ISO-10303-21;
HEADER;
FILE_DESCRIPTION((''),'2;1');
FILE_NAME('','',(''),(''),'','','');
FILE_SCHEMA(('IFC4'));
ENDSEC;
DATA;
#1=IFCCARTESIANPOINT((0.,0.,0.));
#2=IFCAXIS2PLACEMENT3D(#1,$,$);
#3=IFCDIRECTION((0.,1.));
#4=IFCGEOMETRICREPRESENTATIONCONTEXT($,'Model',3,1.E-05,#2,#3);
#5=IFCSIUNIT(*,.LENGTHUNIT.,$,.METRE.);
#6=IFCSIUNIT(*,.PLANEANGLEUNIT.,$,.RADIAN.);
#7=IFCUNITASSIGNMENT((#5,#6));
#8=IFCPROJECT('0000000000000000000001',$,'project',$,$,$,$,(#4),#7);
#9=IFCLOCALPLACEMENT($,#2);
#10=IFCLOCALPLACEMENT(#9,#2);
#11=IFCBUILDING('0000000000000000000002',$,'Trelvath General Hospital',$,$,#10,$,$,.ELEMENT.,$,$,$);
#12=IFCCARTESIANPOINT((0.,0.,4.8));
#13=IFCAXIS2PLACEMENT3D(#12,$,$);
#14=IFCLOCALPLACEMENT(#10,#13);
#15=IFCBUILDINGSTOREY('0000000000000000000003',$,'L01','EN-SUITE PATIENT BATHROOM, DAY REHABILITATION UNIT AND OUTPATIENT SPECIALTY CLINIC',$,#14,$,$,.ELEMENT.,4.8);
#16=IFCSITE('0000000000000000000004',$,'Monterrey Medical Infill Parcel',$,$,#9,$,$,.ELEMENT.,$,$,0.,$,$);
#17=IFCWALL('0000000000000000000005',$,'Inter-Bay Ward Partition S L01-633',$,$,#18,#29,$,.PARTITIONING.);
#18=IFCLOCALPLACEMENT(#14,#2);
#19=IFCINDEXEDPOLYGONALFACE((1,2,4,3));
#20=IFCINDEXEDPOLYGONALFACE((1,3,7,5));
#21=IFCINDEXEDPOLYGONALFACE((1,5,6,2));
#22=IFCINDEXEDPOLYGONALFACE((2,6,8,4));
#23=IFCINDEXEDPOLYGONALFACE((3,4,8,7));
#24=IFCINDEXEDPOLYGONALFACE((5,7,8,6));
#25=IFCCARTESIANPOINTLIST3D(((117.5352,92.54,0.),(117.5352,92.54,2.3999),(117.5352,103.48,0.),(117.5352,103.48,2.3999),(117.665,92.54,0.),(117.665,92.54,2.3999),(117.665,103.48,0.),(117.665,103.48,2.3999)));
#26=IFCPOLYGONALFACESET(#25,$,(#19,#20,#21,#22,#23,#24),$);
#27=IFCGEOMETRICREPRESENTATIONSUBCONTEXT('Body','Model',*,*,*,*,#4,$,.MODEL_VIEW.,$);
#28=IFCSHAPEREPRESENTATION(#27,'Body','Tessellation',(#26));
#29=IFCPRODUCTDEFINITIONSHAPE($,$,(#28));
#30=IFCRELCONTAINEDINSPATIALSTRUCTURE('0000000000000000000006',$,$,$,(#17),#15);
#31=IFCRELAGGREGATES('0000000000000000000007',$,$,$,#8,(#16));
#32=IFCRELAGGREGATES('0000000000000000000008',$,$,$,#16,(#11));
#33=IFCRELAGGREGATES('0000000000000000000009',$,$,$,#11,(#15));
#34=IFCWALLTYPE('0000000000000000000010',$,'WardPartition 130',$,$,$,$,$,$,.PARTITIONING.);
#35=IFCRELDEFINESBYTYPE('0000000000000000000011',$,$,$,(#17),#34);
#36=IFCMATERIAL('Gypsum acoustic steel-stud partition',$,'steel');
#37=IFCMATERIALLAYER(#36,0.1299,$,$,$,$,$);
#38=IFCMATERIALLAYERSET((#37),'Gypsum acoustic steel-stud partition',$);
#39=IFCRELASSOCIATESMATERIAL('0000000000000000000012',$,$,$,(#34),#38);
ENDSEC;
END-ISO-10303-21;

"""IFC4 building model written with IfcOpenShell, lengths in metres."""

from ifc_helpers import new_model, si_unit, direction, frame, frame_2d, origin, place, context, subcontext, project, spatial, rectangle, extrude, material, layer, layer_set, type_object, element, save


model = new_model("IFC4")

# Units and contexts
model_context = context("Model", 3, precision=1e-05, world=origin(), true_north=direction((0.0, 1.0)))
body_context = subcontext(model_context, "Body", "Model", "MODEL_VIEW")
ifc_project = project(units=[si_unit("LENGTHUNIT", "METRE"), si_unit("PLANEANGLEUNIT", "RADIAN")], contexts=[model_context])

# Site, building, storey
site_placement = place(None, origin())
site = spatial("IfcSite", under=ifc_project, at=site_placement, Name="Monterrey Medical Infill Parcel", CompositionType="ELEMENT", RefElevation=0.0)
building_placement = place(site_placement, origin())
building = spatial("IfcBuilding", under=site, at=building_placement, Name="Trelvath General Hospital", CompositionType="ELEMENT")
storey_placement = place(building_placement, frame((0.0, 0.0, 4.8)))
storey = spatial("IfcBuildingStorey", under=building, at=storey_placement, Name="L01", Description="EN-SUITE PATIENT BATHROOM, DAY REHABILITATION UNIT AND OUTPATIENT SPECIALTY CLINIC", CompositionType="ELEMENT", Elevation=4.8)

# Wall
ifc_material_1 = material(Name="Gypsum acoustic steel-stud partition", Category="steel")
ifc_layer_1 = layer(ifc_material_1, 0.1299)
ifc_layer_set_1 = layer_set([ifc_layer_1], Name="Gypsum acoustic steel-stud partition")
wall_type_1 = type_object("IfcWallType", Name="WardPartition 130", PredefinedType="PARTITIONING", material=ifc_layer_set_1)
wall_1_placement = place(storey_placement, frame((117.6001, 92.54, 0.0), z_axis=(0.0, 0.0, 1.0), x_axis=(0.0, 1.0, 0.0)))
element("IfcWall", 1, at=wall_1_placement, inside=storey, type_object=wall_type_1, Name="Inter-Bay Ward Partition S L01-633", PredefinedType="PARTITIONING", context=body_context, shape_type="SweptSolid", body=[
    extrude(rectangle(XDim=10.9399, YDim=0.1299, at=frame_2d((5.47, 0.0))), origin(), (0.0, 0.0, 1.0), 2.3999),
])

save(model, "model.ifc")
